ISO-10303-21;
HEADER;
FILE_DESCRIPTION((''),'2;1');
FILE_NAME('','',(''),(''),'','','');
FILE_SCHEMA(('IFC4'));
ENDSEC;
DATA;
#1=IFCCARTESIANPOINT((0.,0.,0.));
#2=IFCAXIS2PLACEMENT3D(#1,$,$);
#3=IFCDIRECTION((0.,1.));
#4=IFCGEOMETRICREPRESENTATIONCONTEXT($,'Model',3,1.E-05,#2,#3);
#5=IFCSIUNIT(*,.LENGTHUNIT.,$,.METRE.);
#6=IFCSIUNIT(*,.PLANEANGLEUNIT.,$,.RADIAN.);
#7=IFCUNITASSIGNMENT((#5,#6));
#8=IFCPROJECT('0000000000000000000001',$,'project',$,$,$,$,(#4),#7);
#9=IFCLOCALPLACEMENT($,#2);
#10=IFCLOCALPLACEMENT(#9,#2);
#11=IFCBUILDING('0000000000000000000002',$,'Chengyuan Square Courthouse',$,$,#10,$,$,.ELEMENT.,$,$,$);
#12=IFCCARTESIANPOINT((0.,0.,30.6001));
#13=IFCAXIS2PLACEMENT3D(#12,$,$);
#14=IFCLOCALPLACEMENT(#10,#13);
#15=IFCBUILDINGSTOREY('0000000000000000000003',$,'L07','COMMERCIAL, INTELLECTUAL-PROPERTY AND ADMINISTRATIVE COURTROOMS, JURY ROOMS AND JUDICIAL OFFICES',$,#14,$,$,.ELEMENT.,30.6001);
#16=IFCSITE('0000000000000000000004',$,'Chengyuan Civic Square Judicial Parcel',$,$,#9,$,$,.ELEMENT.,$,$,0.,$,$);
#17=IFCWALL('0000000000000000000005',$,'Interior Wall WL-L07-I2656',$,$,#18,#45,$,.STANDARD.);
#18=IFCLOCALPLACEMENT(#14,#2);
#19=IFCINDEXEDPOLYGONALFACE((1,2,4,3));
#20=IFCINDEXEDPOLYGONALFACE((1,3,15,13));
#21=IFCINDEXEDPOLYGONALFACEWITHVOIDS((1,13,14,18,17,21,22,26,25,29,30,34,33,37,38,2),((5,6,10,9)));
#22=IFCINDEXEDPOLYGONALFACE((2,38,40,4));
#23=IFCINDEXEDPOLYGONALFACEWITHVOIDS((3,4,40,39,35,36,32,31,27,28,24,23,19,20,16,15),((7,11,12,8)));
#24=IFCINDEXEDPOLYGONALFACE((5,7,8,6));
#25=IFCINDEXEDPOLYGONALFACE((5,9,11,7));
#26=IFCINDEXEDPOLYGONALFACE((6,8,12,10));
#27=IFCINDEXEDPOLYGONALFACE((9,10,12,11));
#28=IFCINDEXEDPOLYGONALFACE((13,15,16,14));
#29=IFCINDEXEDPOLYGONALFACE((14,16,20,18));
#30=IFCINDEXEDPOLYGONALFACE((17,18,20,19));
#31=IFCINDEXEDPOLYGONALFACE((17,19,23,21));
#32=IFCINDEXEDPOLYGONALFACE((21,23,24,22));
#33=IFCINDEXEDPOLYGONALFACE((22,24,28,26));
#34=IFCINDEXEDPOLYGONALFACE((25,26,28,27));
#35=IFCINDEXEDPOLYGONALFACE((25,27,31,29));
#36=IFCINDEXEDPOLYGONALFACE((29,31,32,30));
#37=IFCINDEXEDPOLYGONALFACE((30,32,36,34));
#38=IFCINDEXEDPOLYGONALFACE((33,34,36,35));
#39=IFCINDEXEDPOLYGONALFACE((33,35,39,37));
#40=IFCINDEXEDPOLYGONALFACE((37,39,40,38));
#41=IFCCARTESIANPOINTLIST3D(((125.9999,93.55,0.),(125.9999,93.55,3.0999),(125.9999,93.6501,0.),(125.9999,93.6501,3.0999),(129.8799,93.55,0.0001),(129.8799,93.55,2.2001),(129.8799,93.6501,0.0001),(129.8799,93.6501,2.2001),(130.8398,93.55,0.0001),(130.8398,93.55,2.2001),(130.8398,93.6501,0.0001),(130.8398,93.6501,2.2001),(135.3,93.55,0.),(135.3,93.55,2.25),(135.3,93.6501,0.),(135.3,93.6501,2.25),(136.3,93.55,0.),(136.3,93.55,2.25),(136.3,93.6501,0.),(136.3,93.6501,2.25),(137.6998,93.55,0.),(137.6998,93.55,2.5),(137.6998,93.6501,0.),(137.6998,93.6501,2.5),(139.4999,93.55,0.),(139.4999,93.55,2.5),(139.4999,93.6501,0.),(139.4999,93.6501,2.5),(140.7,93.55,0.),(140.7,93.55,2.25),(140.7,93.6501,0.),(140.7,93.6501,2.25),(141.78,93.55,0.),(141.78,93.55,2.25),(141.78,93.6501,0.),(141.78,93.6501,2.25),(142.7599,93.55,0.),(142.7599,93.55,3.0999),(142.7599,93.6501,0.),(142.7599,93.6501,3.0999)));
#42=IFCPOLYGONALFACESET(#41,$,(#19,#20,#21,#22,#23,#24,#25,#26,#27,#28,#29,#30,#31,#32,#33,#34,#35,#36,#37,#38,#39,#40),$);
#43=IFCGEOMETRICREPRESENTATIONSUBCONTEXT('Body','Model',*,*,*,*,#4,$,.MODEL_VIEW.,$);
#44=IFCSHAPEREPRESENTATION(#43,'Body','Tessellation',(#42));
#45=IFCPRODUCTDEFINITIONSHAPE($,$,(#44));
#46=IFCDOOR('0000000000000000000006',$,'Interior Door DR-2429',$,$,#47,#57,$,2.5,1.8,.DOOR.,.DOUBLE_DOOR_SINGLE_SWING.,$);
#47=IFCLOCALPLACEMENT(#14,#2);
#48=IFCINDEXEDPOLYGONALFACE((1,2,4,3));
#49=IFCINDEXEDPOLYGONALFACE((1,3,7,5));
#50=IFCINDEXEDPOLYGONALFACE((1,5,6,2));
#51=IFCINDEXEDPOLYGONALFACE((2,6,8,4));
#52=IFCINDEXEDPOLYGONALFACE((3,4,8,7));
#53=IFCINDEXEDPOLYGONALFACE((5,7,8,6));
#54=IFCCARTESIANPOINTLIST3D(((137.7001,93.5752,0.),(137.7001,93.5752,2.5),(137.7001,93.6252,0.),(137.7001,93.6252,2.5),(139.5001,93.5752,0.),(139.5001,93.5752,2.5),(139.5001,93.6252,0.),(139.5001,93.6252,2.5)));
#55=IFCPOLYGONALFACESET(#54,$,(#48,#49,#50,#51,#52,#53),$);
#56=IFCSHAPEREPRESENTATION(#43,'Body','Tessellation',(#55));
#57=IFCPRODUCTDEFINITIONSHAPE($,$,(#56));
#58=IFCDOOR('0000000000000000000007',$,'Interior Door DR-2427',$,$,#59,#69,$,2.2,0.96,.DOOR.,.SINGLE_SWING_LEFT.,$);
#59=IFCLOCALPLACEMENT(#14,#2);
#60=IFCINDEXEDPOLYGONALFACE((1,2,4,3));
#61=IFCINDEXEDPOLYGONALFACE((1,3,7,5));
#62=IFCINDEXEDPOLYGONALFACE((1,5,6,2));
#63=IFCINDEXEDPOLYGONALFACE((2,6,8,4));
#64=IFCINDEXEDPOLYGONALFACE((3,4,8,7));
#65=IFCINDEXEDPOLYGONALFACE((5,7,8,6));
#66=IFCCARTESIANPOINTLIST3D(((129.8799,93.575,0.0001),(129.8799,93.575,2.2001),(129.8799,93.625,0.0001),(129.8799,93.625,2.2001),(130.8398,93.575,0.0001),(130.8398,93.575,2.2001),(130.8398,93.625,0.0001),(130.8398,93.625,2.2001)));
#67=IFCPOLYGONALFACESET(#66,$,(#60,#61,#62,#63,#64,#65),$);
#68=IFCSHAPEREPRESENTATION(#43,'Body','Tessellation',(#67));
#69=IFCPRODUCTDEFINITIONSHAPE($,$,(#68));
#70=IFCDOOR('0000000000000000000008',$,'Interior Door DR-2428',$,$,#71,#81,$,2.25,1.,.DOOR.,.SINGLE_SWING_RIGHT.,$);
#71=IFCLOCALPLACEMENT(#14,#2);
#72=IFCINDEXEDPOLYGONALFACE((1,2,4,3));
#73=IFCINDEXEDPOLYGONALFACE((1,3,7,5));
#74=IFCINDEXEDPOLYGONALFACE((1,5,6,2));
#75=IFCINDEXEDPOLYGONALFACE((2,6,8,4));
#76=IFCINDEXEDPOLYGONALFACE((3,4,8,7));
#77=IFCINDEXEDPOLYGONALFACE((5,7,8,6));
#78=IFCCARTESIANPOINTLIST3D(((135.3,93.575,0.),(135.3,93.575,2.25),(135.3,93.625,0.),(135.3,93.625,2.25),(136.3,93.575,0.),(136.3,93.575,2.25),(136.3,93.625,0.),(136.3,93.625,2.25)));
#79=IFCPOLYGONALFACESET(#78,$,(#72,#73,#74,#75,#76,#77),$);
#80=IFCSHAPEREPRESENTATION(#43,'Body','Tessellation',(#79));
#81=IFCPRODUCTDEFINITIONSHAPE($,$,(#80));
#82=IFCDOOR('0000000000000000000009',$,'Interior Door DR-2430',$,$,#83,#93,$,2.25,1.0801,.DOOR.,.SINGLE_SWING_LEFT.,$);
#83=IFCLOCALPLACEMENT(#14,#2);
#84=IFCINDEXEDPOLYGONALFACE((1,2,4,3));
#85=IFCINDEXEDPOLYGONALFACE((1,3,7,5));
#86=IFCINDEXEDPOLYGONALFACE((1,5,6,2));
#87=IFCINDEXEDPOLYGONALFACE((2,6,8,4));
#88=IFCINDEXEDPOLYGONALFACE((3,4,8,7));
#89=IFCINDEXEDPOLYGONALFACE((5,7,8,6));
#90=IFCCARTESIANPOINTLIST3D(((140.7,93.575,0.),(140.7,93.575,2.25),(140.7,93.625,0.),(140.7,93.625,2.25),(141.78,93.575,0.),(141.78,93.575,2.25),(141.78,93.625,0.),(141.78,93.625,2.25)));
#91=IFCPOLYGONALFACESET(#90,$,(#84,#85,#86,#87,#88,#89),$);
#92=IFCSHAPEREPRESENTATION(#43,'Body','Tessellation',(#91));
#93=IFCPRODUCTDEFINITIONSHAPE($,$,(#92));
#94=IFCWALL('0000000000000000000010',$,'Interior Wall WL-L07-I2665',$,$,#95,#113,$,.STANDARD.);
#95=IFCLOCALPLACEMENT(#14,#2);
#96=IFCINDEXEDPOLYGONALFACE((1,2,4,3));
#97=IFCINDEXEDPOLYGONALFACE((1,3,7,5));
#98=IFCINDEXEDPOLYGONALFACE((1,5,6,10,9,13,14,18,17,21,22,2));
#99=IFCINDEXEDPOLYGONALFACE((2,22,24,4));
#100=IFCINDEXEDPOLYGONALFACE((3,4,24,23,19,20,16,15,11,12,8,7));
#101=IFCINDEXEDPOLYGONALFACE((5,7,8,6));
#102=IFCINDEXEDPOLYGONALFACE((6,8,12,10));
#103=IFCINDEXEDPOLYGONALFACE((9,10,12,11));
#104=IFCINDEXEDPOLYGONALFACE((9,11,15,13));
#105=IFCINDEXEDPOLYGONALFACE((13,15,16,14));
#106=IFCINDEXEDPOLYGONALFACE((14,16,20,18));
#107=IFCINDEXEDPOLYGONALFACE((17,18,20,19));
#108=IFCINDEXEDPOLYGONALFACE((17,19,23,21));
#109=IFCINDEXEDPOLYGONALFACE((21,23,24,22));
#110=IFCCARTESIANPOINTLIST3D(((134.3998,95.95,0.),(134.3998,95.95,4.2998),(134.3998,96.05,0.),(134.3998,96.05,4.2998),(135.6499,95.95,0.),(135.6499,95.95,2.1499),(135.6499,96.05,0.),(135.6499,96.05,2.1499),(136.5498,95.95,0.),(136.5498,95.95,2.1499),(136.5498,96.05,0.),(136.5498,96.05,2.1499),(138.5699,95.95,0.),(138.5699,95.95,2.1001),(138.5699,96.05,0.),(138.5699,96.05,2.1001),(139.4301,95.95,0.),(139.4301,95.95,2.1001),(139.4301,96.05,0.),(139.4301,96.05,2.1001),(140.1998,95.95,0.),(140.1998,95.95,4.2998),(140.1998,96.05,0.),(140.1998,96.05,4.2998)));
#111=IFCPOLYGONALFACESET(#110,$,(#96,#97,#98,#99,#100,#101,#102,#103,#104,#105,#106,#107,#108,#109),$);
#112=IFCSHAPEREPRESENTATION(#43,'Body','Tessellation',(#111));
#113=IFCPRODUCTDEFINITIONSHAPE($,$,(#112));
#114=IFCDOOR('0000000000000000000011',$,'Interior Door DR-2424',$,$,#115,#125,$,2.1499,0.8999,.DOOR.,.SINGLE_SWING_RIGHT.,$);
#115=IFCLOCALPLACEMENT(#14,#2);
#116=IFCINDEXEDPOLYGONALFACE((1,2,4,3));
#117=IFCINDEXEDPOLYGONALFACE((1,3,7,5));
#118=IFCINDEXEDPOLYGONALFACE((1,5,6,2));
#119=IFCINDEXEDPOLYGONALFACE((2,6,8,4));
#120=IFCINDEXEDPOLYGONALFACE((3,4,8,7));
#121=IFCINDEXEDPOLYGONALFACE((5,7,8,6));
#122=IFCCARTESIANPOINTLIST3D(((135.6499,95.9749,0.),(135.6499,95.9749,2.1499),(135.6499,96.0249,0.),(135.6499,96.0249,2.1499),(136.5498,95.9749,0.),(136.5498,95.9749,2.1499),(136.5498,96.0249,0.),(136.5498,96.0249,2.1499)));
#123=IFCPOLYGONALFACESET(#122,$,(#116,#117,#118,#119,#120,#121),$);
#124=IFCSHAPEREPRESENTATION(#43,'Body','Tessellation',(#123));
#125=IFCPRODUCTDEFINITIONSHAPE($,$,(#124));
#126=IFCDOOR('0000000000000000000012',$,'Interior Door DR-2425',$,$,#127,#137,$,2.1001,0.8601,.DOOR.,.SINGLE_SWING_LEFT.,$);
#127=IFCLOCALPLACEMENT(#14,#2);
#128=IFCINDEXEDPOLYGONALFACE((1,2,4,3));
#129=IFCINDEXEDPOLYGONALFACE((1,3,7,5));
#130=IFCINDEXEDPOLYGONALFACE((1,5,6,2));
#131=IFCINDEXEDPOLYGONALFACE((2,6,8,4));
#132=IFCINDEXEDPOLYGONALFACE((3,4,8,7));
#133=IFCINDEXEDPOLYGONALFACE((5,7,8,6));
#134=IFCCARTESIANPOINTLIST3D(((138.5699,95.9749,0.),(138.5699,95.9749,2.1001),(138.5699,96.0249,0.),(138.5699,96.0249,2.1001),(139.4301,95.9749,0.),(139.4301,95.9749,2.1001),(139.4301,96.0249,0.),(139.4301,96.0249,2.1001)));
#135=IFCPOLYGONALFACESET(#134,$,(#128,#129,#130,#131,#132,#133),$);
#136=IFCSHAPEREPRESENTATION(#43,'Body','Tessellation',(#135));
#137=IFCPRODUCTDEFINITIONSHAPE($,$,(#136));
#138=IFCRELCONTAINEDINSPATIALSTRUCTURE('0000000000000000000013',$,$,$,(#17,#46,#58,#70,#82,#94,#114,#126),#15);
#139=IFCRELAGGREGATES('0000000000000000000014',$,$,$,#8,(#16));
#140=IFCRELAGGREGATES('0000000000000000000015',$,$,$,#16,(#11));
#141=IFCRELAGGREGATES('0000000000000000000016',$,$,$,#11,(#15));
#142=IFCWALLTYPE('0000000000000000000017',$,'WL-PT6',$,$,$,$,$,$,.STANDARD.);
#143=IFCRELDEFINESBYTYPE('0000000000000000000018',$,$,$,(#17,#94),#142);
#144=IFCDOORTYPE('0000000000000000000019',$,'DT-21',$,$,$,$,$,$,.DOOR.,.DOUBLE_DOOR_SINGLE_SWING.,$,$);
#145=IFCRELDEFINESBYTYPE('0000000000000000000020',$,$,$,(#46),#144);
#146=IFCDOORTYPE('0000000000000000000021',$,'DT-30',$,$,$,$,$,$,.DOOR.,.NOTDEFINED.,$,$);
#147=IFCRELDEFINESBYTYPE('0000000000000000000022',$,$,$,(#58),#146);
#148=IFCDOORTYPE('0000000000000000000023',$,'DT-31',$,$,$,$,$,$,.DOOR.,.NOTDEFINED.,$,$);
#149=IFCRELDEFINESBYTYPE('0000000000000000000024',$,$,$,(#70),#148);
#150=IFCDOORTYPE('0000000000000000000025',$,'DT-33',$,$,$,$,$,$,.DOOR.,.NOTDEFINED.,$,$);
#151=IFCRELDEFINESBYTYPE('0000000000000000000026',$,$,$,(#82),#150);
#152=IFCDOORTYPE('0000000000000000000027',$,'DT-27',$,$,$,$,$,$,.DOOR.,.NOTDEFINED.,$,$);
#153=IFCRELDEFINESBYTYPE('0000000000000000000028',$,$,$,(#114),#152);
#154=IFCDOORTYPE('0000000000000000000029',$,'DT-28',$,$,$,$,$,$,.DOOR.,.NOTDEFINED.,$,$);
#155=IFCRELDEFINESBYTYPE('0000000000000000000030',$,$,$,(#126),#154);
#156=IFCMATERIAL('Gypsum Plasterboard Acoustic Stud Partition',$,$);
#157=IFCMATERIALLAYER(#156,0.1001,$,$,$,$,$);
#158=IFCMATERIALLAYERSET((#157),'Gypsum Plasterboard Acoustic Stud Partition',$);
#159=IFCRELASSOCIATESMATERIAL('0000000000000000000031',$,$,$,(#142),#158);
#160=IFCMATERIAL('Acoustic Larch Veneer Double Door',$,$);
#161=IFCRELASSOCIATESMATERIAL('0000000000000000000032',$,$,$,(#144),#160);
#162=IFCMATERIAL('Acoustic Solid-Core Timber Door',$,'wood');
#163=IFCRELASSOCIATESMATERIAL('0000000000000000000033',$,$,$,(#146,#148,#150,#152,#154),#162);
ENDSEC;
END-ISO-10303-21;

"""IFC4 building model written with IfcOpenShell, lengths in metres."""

from ifc_helpers import new_model, si_unit, direction, frame, frame_2d, origin, place, context, subcontext, project, spatial, rectangle, extrude, material, layer, layer_set, type_object, element, fill, save


model = new_model("IFC4")

# Units and contexts
model_context = context("Model", 3, precision=1e-05, world=origin(), true_north=direction((0.0, 1.0)))
body_context = subcontext(model_context, "Body", "Model", "MODEL_VIEW")
ifc_project = project(units=[si_unit("LENGTHUNIT", "METRE"), si_unit("PLANEANGLEUNIT", "RADIAN")], contexts=[model_context])

# Site, building, storey
site_placement = place(None, origin())
site = spatial("IfcSite", under=ifc_project, at=site_placement, Name="Chengyuan Civic Square Judicial Parcel", CompositionType="ELEMENT", RefElevation=0.0)
building_placement = place(site_placement, origin())
building = spatial("IfcBuilding", under=site, at=building_placement, Name="Chengyuan Square Courthouse", CompositionType="ELEMENT")
storey_placement = place(building_placement, frame((0.0, 0.0, 30.6001)))
storey = spatial("IfcBuildingStorey", under=building, at=storey_placement, Name="L07", Description="COMMERCIAL, INTELLECTUAL-PROPERTY AND ADMINISTRATIVE COURTROOMS, JURY ROOMS AND JUDICIAL OFFICES", CompositionType="ELEMENT", Elevation=30.6001)

# Walls, openings, doors
ifc_material_1 = material(Name="Gypsum Plasterboard Acoustic Stud Partition")
ifc_layer_1 = layer(ifc_material_1, 0.1001)
ifc_layer_set_1 = layer_set([ifc_layer_1], Name="Gypsum Plasterboard Acoustic Stud Partition")
wall_type_1 = type_object("IfcWallType", Name="WL-PT6", PredefinedType="STANDARD", material=ifc_layer_set_1)
wall_1_placement = place(storey_placement, frame((126.0, 93.6001, 0.0), z_axis=(0.0, 0.0, 1.0), x_axis=(1.0, 0.0, 0.0)))
wall_1 = element("IfcWall", 1, at=wall_1_placement, inside=storey, type_object=wall_type_1, Name="Interior Wall WL-L07-I2656", PredefinedType="STANDARD", context=body_context, shape_type="SweptSolid", body=[
    extrude(rectangle(XDim=16.76, YDim=0.1001, at=frame_2d((8.3799, 0.0))), origin(), (0.0, 0.0, 1.0), 3.0999),
])
opening_1_placement = place(wall_1_placement, frame((3.8799, 0.0, 0.0)))
opening_1 = element("IfcOpeningElement", 2, at=opening_1_placement, cuts=wall_1, PredefinedType="OPENING", context=body_context, shape_type="SweptSolid", body=[
    extrude(rectangle(XDim=0.96, YDim=2.2, at=frame_2d((0.48, 1.1001))), frame((0.0, 0.062, 0.0), z_axis=(0.0, -1.0, 0.0), x_axis=(1.0, 0.0, 0.0)), (0.0, 0.0, 1.0), 0.124),
])
opening_2_placement = place(wall_1_placement, frame((9.3, 0.0, 0.0)))
opening_2 = element("IfcOpeningElement", 3, at=opening_2_placement, cuts=wall_1, PredefinedType="OPENING", context=body_context, shape_type="SweptSolid", body=[
    extrude(rectangle(XDim=1.0, YDim=2.25, at=frame_2d((0.5, 1.125))), frame((0.0, 0.062, 0.0), z_axis=(0.0, -1.0, 0.0), x_axis=(1.0, 0.0, 0.0)), (0.0, 0.0, 1.0), 0.124),
])
opening_3_placement = place(wall_1_placement, frame((11.7, 0.0, 0.0)))
opening_3 = element("IfcOpeningElement", 4, at=opening_3_placement, cuts=wall_1, PredefinedType="OPENING", context=body_context, shape_type="SweptSolid", body=[
    extrude(rectangle(XDim=1.8, YDim=2.5, at=frame_2d((0.8999, 1.25))), frame((0.0, 0.062, 0.0), z_axis=(0.0, -1.0, 0.0), x_axis=(1.0, 0.0, 0.0)), (0.0, 0.0, 1.0), 0.124),
])
opening_4_placement = place(wall_1_placement, frame((14.7, 0.0, 0.0)))
opening_4 = element("IfcOpeningElement", 5, at=opening_4_placement, cuts=wall_1, PredefinedType="OPENING", context=body_context, shape_type="SweptSolid", body=[
    extrude(rectangle(XDim=1.0801, YDim=2.25, at=frame_2d((0.54, 1.125))), frame((0.0, 0.062, 0.0), z_axis=(0.0, -1.0, 0.0), x_axis=(1.0, 0.0, 0.0)), (0.0, 0.0, 1.0), 0.124),
])
ifc_material_2 = material(Name="Acoustic Larch Veneer Double Door")
door_type_1 = type_object("IfcDoorType", Name="DT-21", OperationType="DOUBLE_DOOR_SINGLE_SWING", PredefinedType="DOOR", material=ifc_material_2)
door_1_placement = place(opening_3_placement, frame((1.8, 0.0, 0.0), z_axis=(0.0, 0.0, 1.0), x_axis=(-1.0, 0.0, 0.0)))
door_1 = element("IfcDoor", 6, at=door_1_placement, inside=storey, type_object=door_type_1, Name="Interior Door DR-2429", OperationType="DOUBLE_DOOR_SINGLE_SWING", OverallHeight=2.5, OverallWidth=1.8, PredefinedType="DOOR", context=body_context, shape_type="SweptSolid", body=[
    extrude(rectangle(XDim=1.8, YDim=2.5, at=frame_2d((0.8999, 1.25))), frame((0.0, 0.0249, 0.0), z_axis=(0.0, -1.0, 0.0), x_axis=(1.0, 0.0, 0.0)), (0.0, 0.0, 1.0), 0.05),
])
fill(opening_3, door_1)
ifc_material_3 = material(Name="Acoustic Solid-Core Timber Door", Category="wood")
door_type_2 = type_object("IfcDoorType", Name="DT-30", OperationType="NOTDEFINED", PredefinedType="DOOR", material=ifc_material_3)
door_2_placement = place(opening_1_placement, origin())
door_2 = element("IfcDoor", 7, at=door_2_placement, inside=storey, type_object=door_type_2, Name="Interior Door DR-2427", OperationType="SINGLE_SWING_LEFT", OverallHeight=2.2, OverallWidth=0.96, PredefinedType="DOOR", context=body_context, shape_type="SweptSolid", body=[
    extrude(rectangle(XDim=0.96, YDim=2.2, at=frame_2d((0.48, 1.1001))), frame((0.0, 0.0249, 0.0), z_axis=(0.0, -1.0, 0.0), x_axis=(1.0, 0.0, 0.0)), (0.0, 0.0, 1.0), 0.05),
])
fill(opening_1, door_2)
door_type_3 = type_object("IfcDoorType", Name="DT-31", OperationType="NOTDEFINED", PredefinedType="DOOR", material=ifc_material_3)
door_3_placement = place(opening_2_placement, origin())
door_3 = element("IfcDoor", 8, at=door_3_placement, inside=storey, type_object=door_type_3, Name="Interior Door DR-2428", OperationType="SINGLE_SWING_RIGHT", OverallHeight=2.25, OverallWidth=1.0, PredefinedType="DOOR", context=body_context, shape_type="SweptSolid", body=[
    extrude(rectangle(XDim=1.0, YDim=2.25, at=frame_2d((0.5, 1.125))), frame((0.0, 0.0249, 0.0), z_axis=(0.0, -1.0, 0.0), x_axis=(1.0, 0.0, 0.0)), (0.0, 0.0, 1.0), 0.05),
])
fill(opening_2, door_3)
door_type_4 = type_object("IfcDoorType", Name="DT-33", OperationType="NOTDEFINED", PredefinedType="DOOR", material=ifc_material_3)
door_4_placement = place(opening_4_placement, origin())
door_4 = element("IfcDoor", 9, at=door_4_placement, inside=storey, type_object=door_type_4, Name="Interior Door DR-2430", OperationType="SINGLE_SWING_LEFT", OverallHeight=2.25, OverallWidth=1.0801, PredefinedType="DOOR", context=body_context, shape_type="SweptSolid", body=[
    extrude(rectangle(XDim=1.0801, YDim=2.25, at=frame_2d((0.54, 1.125))), frame((0.0, 0.0249, 0.0), z_axis=(0.0, -1.0, 0.0), x_axis=(1.0, 0.0, 0.0)), (0.0, 0.0, 1.0), 0.05),
])
fill(opening_4, door_4)
wall_2_placement = place(storey_placement, frame((134.3999, 96.0, 0.0), z_axis=(0.0, 0.0, 1.0), x_axis=(1.0, 0.0, 0.0)))
wall_2 = element("IfcWall", 10, at=wall_2_placement, inside=storey, type_object=wall_type_1, Name="Interior Wall WL-L07-I2665", PredefinedType="STANDARD", context=body_context, shape_type="SweptSolid", body=[
    extrude(rectangle(XDim=5.8, YDim=0.1001, at=frame_2d((2.8999, 0.0))), origin(), (0.0, 0.0, 1.0), 4.2998),
])
opening_5_placement = place(wall_2_placement, frame((1.25, 0.0, 0.0)))
opening_5 = element("IfcOpeningElement", 11, at=opening_5_placement, cuts=wall_2, PredefinedType="OPENING", context=body_context, shape_type="SweptSolid", body=[
    extrude(rectangle(XDim=0.8999, YDim=2.1499, at=frame_2d((0.45, 1.075))), frame((0.0, 0.062, 0.0), z_axis=(0.0, -1.0, 0.0), x_axis=(1.0, 0.0, 0.0)), (0.0, 0.0, 1.0), 0.124),
])
opening_6_placement = place(wall_2_placement, frame((4.1699, 0.0, 0.0)))
opening_6 = element("IfcOpeningElement", 12, at=opening_6_placement, cuts=wall_2, PredefinedType="OPENING", context=body_context, shape_type="SweptSolid", body=[
    extrude(rectangle(XDim=0.8601, YDim=2.1001, at=frame_2d((0.4302, 1.05))), frame((0.0, 0.062, 0.0), z_axis=(0.0, -1.0, 0.0), x_axis=(1.0, 0.0, 0.0)), (0.0, 0.0, 1.0), 0.124),
])
door_type_5 = type_object("IfcDoorType", Name="DT-27", OperationType="NOTDEFINED", PredefinedType="DOOR", material=ifc_material_3)
door_5_placement = place(opening_5_placement, origin())
door_5 = element("IfcDoor", 13, at=door_5_placement, inside=storey, type_object=door_type_5, Name="Interior Door DR-2424", OperationType="SINGLE_SWING_RIGHT", OverallHeight=2.1499, OverallWidth=0.8999, PredefinedType="DOOR", context=body_context, shape_type="SweptSolid", body=[
    extrude(rectangle(XDim=0.8999, YDim=2.1499, at=frame_2d((0.45, 1.075))), frame((0.0, 0.0249, 0.0), z_axis=(0.0, -1.0, 0.0), x_axis=(1.0, 0.0, 0.0)), (0.0, 0.0, 1.0), 0.05),
])
fill(opening_5, door_5)
door_type_6 = type_object("IfcDoorType", Name="DT-28", OperationType="NOTDEFINED", PredefinedType="DOOR", material=ifc_material_3)
door_6_placement = place(opening_6_placement, origin())
door_6 = element("IfcDoor", 14, at=door_6_placement, inside=storey, type_object=door_type_6, Name="Interior Door DR-2425", OperationType="SINGLE_SWING_LEFT", OverallHeight=2.1001, OverallWidth=0.8601, PredefinedType="DOOR", context=body_context, shape_type="SweptSolid", body=[
    extrude(rectangle(XDim=0.8601, YDim=2.1001, at=frame_2d((0.4302, 1.05))), frame((0.0, 0.0249, 0.0), z_axis=(0.0, -1.0, 0.0), x_axis=(1.0, 0.0, 0.0)), (0.0, 0.0, 1.0), 0.05),
])
fill(opening_6, door_6)

save(model, "model.ifc")
